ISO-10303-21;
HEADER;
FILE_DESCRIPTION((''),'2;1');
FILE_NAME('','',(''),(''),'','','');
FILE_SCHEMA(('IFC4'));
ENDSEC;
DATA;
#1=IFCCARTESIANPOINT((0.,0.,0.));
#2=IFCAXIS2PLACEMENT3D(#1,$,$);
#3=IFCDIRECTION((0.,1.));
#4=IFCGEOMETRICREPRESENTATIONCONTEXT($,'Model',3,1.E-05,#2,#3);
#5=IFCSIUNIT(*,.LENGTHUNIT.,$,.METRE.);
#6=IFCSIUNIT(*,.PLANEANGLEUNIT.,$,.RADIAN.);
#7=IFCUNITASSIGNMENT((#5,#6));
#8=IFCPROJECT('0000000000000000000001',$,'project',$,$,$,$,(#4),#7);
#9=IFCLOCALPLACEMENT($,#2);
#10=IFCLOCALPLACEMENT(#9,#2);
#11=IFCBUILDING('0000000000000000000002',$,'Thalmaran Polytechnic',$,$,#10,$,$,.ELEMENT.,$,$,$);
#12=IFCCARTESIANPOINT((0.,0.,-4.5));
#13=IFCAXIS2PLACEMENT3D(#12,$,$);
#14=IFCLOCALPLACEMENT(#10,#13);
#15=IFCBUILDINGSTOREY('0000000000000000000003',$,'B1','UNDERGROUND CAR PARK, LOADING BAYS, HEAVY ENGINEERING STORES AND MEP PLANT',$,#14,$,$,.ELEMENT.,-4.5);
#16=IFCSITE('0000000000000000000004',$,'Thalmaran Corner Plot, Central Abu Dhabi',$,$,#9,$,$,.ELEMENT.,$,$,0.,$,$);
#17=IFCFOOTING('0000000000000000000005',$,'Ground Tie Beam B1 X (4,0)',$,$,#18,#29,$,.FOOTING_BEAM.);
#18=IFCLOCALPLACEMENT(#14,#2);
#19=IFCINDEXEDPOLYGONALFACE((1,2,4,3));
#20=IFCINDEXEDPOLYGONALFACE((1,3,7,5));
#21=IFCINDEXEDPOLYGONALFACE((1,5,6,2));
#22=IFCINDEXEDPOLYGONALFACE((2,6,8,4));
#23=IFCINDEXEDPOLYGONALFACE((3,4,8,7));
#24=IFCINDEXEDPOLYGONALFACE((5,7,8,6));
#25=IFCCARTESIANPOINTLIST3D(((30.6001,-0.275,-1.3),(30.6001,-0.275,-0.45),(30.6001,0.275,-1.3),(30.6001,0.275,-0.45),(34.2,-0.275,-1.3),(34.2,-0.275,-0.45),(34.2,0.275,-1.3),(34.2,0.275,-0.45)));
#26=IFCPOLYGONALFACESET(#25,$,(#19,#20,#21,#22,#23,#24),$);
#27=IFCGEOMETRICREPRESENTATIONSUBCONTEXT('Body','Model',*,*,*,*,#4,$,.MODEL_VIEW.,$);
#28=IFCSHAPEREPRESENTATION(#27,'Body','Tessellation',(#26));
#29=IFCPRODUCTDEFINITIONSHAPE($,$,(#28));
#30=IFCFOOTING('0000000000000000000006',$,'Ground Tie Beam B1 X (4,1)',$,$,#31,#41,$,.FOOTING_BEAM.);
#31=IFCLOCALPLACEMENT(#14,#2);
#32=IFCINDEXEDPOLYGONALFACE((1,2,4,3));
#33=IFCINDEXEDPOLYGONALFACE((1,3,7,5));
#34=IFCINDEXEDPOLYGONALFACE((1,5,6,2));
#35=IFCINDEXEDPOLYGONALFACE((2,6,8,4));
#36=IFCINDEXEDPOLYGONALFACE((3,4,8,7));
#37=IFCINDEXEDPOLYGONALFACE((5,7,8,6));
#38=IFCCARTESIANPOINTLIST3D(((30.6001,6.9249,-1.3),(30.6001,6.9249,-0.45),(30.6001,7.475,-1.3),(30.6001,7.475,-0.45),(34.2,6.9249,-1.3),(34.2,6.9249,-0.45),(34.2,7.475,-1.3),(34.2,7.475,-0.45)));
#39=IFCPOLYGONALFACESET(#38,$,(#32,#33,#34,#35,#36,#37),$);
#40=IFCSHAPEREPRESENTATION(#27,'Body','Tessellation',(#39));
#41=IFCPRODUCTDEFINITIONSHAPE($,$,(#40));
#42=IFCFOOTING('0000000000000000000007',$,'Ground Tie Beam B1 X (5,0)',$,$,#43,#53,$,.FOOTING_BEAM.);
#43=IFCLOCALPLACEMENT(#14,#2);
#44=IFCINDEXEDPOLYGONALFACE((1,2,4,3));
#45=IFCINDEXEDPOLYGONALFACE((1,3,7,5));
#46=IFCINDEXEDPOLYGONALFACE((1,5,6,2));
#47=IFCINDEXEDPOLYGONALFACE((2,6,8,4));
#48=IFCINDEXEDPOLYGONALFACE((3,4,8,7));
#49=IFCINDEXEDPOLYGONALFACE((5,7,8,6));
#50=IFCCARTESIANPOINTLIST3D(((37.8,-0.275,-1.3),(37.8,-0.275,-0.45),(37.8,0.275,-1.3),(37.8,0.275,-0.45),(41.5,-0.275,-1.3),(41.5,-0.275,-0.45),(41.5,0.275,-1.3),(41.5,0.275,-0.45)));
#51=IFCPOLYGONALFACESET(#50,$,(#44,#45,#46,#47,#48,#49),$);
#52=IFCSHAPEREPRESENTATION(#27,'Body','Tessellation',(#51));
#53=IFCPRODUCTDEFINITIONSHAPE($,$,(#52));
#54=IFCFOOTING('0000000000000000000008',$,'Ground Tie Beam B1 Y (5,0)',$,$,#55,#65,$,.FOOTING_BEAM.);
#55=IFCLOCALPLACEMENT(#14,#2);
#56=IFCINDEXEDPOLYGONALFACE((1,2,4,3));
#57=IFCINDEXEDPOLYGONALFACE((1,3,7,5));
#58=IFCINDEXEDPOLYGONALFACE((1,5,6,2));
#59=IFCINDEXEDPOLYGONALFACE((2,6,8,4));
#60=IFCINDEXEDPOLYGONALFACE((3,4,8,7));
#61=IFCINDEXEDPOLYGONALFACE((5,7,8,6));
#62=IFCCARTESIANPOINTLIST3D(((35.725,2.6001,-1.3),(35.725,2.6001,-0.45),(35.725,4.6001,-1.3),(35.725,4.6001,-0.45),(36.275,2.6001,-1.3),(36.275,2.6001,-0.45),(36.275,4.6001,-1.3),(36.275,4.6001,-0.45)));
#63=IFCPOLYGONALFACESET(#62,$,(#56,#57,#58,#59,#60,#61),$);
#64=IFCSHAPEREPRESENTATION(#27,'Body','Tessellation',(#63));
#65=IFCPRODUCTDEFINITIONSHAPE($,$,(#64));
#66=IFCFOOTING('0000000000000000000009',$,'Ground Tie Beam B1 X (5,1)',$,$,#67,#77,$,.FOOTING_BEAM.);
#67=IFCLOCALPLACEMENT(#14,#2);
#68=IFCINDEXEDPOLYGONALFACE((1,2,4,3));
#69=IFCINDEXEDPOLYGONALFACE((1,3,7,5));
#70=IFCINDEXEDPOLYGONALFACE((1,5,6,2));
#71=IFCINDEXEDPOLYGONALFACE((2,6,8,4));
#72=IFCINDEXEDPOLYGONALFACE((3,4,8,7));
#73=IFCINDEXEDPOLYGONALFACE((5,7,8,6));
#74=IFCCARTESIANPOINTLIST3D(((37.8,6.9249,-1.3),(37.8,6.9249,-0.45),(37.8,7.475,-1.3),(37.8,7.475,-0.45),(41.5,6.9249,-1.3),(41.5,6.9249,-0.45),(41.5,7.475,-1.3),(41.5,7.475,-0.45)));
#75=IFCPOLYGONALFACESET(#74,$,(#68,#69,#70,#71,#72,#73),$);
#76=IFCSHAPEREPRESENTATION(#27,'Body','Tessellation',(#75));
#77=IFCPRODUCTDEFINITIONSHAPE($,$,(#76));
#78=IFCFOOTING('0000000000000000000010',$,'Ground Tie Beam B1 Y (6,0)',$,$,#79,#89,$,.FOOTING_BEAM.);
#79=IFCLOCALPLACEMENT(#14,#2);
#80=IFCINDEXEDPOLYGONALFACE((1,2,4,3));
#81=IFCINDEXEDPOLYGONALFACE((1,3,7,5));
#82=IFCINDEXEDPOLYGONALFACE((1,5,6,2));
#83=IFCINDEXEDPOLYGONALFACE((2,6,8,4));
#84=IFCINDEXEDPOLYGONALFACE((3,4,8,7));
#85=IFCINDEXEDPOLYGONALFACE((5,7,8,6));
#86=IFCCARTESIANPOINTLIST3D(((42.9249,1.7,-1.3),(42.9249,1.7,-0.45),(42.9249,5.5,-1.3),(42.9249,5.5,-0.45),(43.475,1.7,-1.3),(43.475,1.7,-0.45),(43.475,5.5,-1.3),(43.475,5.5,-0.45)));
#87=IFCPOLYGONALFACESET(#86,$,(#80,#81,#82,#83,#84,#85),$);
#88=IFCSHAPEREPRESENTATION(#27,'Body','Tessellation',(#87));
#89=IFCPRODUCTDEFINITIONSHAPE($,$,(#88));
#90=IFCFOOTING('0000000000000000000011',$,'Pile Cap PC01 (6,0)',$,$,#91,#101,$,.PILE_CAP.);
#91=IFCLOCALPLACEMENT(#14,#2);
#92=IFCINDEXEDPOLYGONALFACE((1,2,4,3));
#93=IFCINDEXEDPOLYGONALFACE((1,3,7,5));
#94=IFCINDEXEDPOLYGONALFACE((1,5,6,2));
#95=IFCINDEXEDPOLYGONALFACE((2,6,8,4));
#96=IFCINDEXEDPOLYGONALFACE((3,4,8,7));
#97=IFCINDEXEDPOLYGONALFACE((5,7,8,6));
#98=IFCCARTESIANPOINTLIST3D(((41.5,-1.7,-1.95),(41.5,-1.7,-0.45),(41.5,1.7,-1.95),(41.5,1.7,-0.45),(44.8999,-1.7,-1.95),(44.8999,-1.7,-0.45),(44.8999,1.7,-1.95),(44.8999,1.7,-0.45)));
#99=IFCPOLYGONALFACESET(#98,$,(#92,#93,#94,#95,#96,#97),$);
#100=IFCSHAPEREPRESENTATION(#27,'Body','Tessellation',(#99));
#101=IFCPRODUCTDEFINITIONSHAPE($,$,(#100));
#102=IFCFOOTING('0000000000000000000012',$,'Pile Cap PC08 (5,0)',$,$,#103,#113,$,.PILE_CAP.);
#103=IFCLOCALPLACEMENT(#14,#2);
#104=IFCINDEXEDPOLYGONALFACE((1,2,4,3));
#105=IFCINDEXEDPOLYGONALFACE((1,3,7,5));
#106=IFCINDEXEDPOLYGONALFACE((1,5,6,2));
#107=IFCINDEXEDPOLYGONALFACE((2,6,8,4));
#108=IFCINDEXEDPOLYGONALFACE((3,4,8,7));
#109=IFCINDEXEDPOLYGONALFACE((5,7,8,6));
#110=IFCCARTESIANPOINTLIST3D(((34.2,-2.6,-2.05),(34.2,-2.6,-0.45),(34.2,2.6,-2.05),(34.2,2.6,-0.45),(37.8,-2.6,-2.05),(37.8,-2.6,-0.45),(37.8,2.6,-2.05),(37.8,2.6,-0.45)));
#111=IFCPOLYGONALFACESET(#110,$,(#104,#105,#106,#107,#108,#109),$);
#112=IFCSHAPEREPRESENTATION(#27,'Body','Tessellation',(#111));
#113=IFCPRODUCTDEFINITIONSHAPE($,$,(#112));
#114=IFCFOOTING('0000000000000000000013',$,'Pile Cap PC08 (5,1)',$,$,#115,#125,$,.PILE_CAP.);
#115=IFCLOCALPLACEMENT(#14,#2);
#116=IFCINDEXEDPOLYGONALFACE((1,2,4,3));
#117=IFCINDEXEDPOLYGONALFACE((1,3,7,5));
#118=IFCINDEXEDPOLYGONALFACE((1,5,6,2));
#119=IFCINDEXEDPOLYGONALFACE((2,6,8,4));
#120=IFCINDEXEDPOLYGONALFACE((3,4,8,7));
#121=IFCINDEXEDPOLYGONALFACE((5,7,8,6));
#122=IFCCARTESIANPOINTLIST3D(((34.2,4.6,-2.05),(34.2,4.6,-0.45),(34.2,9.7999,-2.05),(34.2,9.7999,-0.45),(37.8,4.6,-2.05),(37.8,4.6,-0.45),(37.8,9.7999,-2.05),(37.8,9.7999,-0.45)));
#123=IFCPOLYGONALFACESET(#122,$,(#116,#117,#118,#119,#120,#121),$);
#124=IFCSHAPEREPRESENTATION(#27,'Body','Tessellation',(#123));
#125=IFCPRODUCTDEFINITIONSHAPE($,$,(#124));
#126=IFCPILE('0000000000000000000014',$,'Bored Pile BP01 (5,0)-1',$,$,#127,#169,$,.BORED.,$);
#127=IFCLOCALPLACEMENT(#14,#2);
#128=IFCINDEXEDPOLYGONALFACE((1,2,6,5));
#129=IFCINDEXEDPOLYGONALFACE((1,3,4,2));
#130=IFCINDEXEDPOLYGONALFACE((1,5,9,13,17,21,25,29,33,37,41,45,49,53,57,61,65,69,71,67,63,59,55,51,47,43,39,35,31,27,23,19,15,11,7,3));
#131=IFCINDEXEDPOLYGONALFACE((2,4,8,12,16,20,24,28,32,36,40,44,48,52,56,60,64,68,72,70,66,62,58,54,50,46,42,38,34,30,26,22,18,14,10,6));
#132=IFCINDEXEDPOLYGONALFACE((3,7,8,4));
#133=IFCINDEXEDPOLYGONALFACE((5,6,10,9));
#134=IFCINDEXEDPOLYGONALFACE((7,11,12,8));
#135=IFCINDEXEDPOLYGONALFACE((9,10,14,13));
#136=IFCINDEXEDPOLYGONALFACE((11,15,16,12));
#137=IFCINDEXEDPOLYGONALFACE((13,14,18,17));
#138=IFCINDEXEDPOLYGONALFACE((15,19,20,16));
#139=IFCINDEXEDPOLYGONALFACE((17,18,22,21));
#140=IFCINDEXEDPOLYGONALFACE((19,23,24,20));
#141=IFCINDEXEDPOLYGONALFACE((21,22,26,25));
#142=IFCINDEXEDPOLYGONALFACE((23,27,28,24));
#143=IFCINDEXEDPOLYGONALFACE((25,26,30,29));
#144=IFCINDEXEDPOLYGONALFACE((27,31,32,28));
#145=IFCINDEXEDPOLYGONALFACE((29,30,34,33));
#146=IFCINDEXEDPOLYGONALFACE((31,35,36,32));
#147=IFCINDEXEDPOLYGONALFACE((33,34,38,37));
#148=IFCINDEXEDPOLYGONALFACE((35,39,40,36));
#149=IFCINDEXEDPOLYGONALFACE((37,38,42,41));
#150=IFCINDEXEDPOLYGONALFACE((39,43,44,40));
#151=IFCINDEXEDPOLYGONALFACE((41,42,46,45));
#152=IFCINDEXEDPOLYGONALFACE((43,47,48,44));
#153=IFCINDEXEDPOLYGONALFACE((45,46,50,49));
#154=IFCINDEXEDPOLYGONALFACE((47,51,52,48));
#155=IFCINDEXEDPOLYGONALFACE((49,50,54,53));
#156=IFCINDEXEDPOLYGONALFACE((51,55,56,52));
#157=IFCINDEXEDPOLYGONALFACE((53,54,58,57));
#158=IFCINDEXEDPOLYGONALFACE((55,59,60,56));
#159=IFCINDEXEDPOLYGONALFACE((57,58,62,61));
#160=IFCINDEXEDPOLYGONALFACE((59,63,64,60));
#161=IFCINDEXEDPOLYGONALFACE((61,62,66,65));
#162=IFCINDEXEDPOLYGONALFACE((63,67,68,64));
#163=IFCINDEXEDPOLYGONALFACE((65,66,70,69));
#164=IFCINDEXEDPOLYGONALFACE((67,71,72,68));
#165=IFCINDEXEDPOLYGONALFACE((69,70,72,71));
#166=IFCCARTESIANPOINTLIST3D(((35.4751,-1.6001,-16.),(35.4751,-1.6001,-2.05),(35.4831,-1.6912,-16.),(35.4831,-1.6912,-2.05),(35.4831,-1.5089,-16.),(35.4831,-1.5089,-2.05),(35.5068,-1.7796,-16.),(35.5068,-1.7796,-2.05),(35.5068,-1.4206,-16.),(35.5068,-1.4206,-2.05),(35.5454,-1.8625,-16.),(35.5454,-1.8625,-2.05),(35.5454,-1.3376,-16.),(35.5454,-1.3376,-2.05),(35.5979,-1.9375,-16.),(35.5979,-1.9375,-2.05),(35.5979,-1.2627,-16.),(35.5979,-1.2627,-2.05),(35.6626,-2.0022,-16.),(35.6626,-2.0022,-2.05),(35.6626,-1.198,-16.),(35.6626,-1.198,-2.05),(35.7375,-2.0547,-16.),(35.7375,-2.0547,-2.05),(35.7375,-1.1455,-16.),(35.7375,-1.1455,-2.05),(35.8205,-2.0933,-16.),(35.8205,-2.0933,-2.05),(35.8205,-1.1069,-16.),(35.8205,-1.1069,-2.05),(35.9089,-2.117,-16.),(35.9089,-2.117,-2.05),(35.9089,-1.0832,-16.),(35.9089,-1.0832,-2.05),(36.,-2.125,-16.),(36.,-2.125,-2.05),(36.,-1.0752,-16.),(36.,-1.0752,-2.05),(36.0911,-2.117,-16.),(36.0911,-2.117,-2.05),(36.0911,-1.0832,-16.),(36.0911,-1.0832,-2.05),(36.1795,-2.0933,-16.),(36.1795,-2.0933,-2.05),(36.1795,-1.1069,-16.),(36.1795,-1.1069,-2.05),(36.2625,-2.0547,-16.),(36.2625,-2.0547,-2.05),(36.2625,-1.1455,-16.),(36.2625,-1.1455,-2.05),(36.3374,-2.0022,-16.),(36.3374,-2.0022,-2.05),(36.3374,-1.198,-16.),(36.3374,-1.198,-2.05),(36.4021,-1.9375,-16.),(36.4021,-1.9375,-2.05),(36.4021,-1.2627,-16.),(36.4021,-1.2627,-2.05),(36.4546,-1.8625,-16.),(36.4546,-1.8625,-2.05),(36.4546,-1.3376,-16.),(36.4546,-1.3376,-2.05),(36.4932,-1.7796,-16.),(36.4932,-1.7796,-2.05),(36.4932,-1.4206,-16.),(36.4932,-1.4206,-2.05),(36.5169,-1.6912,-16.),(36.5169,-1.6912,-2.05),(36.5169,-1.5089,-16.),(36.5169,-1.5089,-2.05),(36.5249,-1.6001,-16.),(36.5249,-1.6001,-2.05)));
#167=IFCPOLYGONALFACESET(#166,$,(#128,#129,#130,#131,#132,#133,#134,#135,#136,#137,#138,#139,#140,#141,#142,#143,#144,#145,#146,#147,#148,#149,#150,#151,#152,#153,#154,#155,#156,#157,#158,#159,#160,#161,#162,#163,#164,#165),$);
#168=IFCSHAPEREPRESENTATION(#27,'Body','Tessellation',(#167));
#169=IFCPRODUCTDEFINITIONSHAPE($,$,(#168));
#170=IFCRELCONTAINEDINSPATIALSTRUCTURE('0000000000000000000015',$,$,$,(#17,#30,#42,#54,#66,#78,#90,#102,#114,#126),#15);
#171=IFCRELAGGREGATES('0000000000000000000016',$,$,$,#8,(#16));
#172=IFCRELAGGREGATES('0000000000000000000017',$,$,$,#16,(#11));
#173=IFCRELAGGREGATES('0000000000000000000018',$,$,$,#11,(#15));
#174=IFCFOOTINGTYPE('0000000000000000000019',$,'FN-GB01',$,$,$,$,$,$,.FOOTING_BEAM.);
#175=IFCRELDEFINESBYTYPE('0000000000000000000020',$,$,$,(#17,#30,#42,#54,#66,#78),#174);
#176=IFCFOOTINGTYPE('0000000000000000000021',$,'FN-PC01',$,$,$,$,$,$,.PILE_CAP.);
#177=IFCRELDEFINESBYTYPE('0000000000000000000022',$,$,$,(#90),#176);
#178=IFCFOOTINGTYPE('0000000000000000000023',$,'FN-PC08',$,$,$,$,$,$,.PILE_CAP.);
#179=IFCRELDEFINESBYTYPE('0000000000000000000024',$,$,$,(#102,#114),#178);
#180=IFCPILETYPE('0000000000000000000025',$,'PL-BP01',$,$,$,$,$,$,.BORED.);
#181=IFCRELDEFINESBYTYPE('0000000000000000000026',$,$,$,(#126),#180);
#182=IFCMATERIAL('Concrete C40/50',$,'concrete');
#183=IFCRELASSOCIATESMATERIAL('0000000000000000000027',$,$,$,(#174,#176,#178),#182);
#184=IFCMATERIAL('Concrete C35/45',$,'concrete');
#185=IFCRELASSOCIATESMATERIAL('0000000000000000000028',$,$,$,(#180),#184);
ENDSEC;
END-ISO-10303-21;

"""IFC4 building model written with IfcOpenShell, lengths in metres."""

from ifc_helpers import new_model, si_unit, direction, frame, origin, origin_2d, place, context, subcontext, project, spatial, rectangle, circle, extrude, material, material_profile, profile_set, type_object, element, save


model = new_model("IFC4")

# Units and contexts
model_context = context("Model", 3, precision=1e-05, world=origin(), true_north=direction((0.0, 1.0)))
body_context = subcontext(model_context, "Body", "Model", "MODEL_VIEW")
ifc_project = project(units=[si_unit("LENGTHUNIT", "METRE"), si_unit("PLANEANGLEUNIT", "RADIAN")], contexts=[model_context])

# Site, building, storey
site_placement = place(None, origin())
site = spatial("IfcSite", under=ifc_project, at=site_placement, Name="Thalmaran Corner Plot, Central Abu Dhabi", CompositionType="ELEMENT", RefElevation=0.0)
building_placement = place(site_placement, origin())
building = spatial("IfcBuilding", under=site, at=building_placement, Name="Thalmaran Polytechnic", CompositionType="ELEMENT")
storey_placement = place(building_placement, frame((0.0, 0.0, -4.5)))
storey = spatial("IfcBuildingStorey", under=building, at=storey_placement, Name="B1", Description="UNDERGROUND CAR PARK, LOADING BAYS, HEAVY ENGINEERING STORES AND MEP PLANT", CompositionType="ELEMENT", Elevation=-4.5)

# Footings
ifc_material_1 = material(Name="Concrete C40/50", Category="concrete")
ifc_material_profile_1 = material_profile(ifc_material_1, rectangle(XDim=0.55, YDim=0.8501, at=origin_2d()), Name="RC 550x850")
ifc_profile_set_1 = profile_set([ifc_material_profile_1], Name="Concrete C40/50")
footing_type_1 = type_object("IfcFootingType", Name="FN-GB01", PredefinedType="FOOTING_BEAM", material=ifc_profile_set_1)
for number, where, z_axis, x_axis, name in (
    (1, (30.6001, 0.0, -0.875), (1.0, 0.0, 0.0), (0.0, 1.0, 0.0), "Ground Tie Beam B1 X (4,0)"),
    (2, (30.6001, 7.2, -0.875), (1.0, 0.0, 0.0), (0.0, 1.0, 0.0), "Ground Tie Beam B1 X (4,1)"),
):
    element("IfcFooting", number, at=place(storey_placement, frame(where, z_axis=z_axis, x_axis=x_axis)), inside=storey, type_object=footing_type_1, Name=name, PredefinedType="FOOTING_BEAM", context=body_context, shape_type="SweptSolid", body=[
        extrude(rectangle(XDim=0.55, YDim=0.8501, at=origin_2d()), origin(), (0.0, 0.0, 1.0), 3.5999),
    ])
footing_1_placement = place(storey_placement, frame((37.8, 0.0, -0.875), z_axis=(1.0, 0.0, 0.0), x_axis=(0.0, 1.0, 0.0)))
element("IfcFooting", 3, at=footing_1_placement, inside=storey, type_object=footing_type_1, Name="Ground Tie Beam B1 X (5,0)", PredefinedType="FOOTING_BEAM", context=body_context, shape_type="SweptSolid", body=[
    extrude(rectangle(XDim=0.55, YDim=0.8501, at=origin_2d()), origin(), (0.0, 0.0, 1.0), 3.7),
])
footing_2_placement = place(storey_placement, frame((36.0, 2.6001, -0.875), z_axis=(0.0, 1.0, 0.0), x_axis=(-1.0, 0.0, 0.0)))
element("IfcFooting", 4, at=footing_2_placement, inside=storey, type_object=footing_type_1, Name="Ground Tie Beam B1 Y (5,0)", PredefinedType="FOOTING_BEAM", context=body_context, shape_type="SweptSolid", body=[
    extrude(rectangle(XDim=0.55, YDim=0.8501, at=origin_2d()), origin(), (0.0, 0.0, 1.0), 2.0),
])
footing_3_placement = place(storey_placement, frame((37.8, 7.2, -0.875), z_axis=(1.0, 0.0, 0.0), x_axis=(0.0, 1.0, 0.0)))
element("IfcFooting", 5, at=footing_3_placement, inside=storey, type_object=footing_type_1, Name="Ground Tie Beam B1 X (5,1)", PredefinedType="FOOTING_BEAM", context=body_context, shape_type="SweptSolid", body=[
    extrude(rectangle(XDim=0.55, YDim=0.8501, at=origin_2d()), origin(), (0.0, 0.0, 1.0), 3.7),
])
footing_4_placement = place(storey_placement, frame((43.2, 1.7, -0.875), z_axis=(0.0, 1.0, 0.0), x_axis=(-1.0, 0.0, 0.0)))
element("IfcFooting", 6, at=footing_4_placement, inside=storey, type_object=footing_type_1, Name="Ground Tie Beam B1 Y (6,0)", PredefinedType="FOOTING_BEAM", context=body_context, shape_type="SweptSolid", body=[
    extrude(rectangle(XDim=0.55, YDim=0.8501, at=origin_2d()), origin(), (0.0, 0.0, 1.0), 3.8),
])
footing_type_2 = type_object("IfcFootingType", Name="FN-PC01", PredefinedType="PILE_CAP", material=ifc_material_1)
footing_5_placement = place(storey_placement, frame((43.2, 0.0, -1.95), z_axis=(0.0, 0.0, 1.0), x_axis=(1.0, 0.0, 0.0)))
element("IfcFooting", 7, at=footing_5_placement, inside=storey, type_object=footing_type_2, Name="Pile Cap PC01 (6,0)", PredefinedType="PILE_CAP", context=body_context, shape_type="SweptSolid", body=[
    extrude(rectangle(XDim=3.3999, YDim=3.3999, at=origin_2d()), origin(), (0.0, 0.0, 1.0), 1.5),
])
footing_type_3 = type_object("IfcFootingType", Name="FN-PC08", PredefinedType="PILE_CAP", material=ifc_material_1)
for number, where, z_axis, x_axis, name in (
    (8, (36.0, 0.0, -2.05), (0.0, 0.0, 1.0), (1.0, 0.0, 0.0), "Pile Cap PC08 (5,0)"),
    (9, (36.0, 7.2, -2.05), (0.0, 0.0, 1.0), (1.0, 0.0, 0.0), "Pile Cap PC08 (5,1)"),
):
    element("IfcFooting", number, at=place(storey_placement, frame(where, z_axis=z_axis, x_axis=x_axis)), inside=storey, type_object=footing_type_3, Name=name, PredefinedType="PILE_CAP", context=body_context, shape_type="SweptSolid", body=[
        extrude(rectangle(XDim=3.6001, YDim=5.2, at=origin_2d()), origin(), (0.0, 0.0, 1.0), 1.6001),
    ])

# Pile
ifc_material_2 = material(Name="Concrete C35/45", Category="concrete")
ifc_material_profile_2 = material_profile(ifc_material_2, circle(Radius=0.5249, at=origin_2d()), Name="RC 1050 DIA")
ifc_profile_set_2 = profile_set([ifc_material_profile_2], Name="Concrete C35/45")
pile_type_1 = type_object("IfcPileType", Name="PL-BP01", PredefinedType="BORED", material=ifc_profile_set_2)
for number, where, z_axis, x_axis, name in (
    (10, (36.0, -1.6001, -2.05), (0.0, 0.0, -1.0), (1.0, 0.0, 0.0), "Bored Pile BP01 (5,0)-1"),
):
    element("IfcPile", number, at=place(storey_placement, frame(where, z_axis=z_axis, x_axis=x_axis)), inside=storey, type_object=pile_type_1, Name=name, PredefinedType="BORED", context=body_context, shape_type="SweptSolid", body=[
        extrude(circle(Radius=0.5249, at=origin_2d()), origin(), (0.0, 0.0, 1.0), 13.95),
    ])

save(model, "model.ifc")
